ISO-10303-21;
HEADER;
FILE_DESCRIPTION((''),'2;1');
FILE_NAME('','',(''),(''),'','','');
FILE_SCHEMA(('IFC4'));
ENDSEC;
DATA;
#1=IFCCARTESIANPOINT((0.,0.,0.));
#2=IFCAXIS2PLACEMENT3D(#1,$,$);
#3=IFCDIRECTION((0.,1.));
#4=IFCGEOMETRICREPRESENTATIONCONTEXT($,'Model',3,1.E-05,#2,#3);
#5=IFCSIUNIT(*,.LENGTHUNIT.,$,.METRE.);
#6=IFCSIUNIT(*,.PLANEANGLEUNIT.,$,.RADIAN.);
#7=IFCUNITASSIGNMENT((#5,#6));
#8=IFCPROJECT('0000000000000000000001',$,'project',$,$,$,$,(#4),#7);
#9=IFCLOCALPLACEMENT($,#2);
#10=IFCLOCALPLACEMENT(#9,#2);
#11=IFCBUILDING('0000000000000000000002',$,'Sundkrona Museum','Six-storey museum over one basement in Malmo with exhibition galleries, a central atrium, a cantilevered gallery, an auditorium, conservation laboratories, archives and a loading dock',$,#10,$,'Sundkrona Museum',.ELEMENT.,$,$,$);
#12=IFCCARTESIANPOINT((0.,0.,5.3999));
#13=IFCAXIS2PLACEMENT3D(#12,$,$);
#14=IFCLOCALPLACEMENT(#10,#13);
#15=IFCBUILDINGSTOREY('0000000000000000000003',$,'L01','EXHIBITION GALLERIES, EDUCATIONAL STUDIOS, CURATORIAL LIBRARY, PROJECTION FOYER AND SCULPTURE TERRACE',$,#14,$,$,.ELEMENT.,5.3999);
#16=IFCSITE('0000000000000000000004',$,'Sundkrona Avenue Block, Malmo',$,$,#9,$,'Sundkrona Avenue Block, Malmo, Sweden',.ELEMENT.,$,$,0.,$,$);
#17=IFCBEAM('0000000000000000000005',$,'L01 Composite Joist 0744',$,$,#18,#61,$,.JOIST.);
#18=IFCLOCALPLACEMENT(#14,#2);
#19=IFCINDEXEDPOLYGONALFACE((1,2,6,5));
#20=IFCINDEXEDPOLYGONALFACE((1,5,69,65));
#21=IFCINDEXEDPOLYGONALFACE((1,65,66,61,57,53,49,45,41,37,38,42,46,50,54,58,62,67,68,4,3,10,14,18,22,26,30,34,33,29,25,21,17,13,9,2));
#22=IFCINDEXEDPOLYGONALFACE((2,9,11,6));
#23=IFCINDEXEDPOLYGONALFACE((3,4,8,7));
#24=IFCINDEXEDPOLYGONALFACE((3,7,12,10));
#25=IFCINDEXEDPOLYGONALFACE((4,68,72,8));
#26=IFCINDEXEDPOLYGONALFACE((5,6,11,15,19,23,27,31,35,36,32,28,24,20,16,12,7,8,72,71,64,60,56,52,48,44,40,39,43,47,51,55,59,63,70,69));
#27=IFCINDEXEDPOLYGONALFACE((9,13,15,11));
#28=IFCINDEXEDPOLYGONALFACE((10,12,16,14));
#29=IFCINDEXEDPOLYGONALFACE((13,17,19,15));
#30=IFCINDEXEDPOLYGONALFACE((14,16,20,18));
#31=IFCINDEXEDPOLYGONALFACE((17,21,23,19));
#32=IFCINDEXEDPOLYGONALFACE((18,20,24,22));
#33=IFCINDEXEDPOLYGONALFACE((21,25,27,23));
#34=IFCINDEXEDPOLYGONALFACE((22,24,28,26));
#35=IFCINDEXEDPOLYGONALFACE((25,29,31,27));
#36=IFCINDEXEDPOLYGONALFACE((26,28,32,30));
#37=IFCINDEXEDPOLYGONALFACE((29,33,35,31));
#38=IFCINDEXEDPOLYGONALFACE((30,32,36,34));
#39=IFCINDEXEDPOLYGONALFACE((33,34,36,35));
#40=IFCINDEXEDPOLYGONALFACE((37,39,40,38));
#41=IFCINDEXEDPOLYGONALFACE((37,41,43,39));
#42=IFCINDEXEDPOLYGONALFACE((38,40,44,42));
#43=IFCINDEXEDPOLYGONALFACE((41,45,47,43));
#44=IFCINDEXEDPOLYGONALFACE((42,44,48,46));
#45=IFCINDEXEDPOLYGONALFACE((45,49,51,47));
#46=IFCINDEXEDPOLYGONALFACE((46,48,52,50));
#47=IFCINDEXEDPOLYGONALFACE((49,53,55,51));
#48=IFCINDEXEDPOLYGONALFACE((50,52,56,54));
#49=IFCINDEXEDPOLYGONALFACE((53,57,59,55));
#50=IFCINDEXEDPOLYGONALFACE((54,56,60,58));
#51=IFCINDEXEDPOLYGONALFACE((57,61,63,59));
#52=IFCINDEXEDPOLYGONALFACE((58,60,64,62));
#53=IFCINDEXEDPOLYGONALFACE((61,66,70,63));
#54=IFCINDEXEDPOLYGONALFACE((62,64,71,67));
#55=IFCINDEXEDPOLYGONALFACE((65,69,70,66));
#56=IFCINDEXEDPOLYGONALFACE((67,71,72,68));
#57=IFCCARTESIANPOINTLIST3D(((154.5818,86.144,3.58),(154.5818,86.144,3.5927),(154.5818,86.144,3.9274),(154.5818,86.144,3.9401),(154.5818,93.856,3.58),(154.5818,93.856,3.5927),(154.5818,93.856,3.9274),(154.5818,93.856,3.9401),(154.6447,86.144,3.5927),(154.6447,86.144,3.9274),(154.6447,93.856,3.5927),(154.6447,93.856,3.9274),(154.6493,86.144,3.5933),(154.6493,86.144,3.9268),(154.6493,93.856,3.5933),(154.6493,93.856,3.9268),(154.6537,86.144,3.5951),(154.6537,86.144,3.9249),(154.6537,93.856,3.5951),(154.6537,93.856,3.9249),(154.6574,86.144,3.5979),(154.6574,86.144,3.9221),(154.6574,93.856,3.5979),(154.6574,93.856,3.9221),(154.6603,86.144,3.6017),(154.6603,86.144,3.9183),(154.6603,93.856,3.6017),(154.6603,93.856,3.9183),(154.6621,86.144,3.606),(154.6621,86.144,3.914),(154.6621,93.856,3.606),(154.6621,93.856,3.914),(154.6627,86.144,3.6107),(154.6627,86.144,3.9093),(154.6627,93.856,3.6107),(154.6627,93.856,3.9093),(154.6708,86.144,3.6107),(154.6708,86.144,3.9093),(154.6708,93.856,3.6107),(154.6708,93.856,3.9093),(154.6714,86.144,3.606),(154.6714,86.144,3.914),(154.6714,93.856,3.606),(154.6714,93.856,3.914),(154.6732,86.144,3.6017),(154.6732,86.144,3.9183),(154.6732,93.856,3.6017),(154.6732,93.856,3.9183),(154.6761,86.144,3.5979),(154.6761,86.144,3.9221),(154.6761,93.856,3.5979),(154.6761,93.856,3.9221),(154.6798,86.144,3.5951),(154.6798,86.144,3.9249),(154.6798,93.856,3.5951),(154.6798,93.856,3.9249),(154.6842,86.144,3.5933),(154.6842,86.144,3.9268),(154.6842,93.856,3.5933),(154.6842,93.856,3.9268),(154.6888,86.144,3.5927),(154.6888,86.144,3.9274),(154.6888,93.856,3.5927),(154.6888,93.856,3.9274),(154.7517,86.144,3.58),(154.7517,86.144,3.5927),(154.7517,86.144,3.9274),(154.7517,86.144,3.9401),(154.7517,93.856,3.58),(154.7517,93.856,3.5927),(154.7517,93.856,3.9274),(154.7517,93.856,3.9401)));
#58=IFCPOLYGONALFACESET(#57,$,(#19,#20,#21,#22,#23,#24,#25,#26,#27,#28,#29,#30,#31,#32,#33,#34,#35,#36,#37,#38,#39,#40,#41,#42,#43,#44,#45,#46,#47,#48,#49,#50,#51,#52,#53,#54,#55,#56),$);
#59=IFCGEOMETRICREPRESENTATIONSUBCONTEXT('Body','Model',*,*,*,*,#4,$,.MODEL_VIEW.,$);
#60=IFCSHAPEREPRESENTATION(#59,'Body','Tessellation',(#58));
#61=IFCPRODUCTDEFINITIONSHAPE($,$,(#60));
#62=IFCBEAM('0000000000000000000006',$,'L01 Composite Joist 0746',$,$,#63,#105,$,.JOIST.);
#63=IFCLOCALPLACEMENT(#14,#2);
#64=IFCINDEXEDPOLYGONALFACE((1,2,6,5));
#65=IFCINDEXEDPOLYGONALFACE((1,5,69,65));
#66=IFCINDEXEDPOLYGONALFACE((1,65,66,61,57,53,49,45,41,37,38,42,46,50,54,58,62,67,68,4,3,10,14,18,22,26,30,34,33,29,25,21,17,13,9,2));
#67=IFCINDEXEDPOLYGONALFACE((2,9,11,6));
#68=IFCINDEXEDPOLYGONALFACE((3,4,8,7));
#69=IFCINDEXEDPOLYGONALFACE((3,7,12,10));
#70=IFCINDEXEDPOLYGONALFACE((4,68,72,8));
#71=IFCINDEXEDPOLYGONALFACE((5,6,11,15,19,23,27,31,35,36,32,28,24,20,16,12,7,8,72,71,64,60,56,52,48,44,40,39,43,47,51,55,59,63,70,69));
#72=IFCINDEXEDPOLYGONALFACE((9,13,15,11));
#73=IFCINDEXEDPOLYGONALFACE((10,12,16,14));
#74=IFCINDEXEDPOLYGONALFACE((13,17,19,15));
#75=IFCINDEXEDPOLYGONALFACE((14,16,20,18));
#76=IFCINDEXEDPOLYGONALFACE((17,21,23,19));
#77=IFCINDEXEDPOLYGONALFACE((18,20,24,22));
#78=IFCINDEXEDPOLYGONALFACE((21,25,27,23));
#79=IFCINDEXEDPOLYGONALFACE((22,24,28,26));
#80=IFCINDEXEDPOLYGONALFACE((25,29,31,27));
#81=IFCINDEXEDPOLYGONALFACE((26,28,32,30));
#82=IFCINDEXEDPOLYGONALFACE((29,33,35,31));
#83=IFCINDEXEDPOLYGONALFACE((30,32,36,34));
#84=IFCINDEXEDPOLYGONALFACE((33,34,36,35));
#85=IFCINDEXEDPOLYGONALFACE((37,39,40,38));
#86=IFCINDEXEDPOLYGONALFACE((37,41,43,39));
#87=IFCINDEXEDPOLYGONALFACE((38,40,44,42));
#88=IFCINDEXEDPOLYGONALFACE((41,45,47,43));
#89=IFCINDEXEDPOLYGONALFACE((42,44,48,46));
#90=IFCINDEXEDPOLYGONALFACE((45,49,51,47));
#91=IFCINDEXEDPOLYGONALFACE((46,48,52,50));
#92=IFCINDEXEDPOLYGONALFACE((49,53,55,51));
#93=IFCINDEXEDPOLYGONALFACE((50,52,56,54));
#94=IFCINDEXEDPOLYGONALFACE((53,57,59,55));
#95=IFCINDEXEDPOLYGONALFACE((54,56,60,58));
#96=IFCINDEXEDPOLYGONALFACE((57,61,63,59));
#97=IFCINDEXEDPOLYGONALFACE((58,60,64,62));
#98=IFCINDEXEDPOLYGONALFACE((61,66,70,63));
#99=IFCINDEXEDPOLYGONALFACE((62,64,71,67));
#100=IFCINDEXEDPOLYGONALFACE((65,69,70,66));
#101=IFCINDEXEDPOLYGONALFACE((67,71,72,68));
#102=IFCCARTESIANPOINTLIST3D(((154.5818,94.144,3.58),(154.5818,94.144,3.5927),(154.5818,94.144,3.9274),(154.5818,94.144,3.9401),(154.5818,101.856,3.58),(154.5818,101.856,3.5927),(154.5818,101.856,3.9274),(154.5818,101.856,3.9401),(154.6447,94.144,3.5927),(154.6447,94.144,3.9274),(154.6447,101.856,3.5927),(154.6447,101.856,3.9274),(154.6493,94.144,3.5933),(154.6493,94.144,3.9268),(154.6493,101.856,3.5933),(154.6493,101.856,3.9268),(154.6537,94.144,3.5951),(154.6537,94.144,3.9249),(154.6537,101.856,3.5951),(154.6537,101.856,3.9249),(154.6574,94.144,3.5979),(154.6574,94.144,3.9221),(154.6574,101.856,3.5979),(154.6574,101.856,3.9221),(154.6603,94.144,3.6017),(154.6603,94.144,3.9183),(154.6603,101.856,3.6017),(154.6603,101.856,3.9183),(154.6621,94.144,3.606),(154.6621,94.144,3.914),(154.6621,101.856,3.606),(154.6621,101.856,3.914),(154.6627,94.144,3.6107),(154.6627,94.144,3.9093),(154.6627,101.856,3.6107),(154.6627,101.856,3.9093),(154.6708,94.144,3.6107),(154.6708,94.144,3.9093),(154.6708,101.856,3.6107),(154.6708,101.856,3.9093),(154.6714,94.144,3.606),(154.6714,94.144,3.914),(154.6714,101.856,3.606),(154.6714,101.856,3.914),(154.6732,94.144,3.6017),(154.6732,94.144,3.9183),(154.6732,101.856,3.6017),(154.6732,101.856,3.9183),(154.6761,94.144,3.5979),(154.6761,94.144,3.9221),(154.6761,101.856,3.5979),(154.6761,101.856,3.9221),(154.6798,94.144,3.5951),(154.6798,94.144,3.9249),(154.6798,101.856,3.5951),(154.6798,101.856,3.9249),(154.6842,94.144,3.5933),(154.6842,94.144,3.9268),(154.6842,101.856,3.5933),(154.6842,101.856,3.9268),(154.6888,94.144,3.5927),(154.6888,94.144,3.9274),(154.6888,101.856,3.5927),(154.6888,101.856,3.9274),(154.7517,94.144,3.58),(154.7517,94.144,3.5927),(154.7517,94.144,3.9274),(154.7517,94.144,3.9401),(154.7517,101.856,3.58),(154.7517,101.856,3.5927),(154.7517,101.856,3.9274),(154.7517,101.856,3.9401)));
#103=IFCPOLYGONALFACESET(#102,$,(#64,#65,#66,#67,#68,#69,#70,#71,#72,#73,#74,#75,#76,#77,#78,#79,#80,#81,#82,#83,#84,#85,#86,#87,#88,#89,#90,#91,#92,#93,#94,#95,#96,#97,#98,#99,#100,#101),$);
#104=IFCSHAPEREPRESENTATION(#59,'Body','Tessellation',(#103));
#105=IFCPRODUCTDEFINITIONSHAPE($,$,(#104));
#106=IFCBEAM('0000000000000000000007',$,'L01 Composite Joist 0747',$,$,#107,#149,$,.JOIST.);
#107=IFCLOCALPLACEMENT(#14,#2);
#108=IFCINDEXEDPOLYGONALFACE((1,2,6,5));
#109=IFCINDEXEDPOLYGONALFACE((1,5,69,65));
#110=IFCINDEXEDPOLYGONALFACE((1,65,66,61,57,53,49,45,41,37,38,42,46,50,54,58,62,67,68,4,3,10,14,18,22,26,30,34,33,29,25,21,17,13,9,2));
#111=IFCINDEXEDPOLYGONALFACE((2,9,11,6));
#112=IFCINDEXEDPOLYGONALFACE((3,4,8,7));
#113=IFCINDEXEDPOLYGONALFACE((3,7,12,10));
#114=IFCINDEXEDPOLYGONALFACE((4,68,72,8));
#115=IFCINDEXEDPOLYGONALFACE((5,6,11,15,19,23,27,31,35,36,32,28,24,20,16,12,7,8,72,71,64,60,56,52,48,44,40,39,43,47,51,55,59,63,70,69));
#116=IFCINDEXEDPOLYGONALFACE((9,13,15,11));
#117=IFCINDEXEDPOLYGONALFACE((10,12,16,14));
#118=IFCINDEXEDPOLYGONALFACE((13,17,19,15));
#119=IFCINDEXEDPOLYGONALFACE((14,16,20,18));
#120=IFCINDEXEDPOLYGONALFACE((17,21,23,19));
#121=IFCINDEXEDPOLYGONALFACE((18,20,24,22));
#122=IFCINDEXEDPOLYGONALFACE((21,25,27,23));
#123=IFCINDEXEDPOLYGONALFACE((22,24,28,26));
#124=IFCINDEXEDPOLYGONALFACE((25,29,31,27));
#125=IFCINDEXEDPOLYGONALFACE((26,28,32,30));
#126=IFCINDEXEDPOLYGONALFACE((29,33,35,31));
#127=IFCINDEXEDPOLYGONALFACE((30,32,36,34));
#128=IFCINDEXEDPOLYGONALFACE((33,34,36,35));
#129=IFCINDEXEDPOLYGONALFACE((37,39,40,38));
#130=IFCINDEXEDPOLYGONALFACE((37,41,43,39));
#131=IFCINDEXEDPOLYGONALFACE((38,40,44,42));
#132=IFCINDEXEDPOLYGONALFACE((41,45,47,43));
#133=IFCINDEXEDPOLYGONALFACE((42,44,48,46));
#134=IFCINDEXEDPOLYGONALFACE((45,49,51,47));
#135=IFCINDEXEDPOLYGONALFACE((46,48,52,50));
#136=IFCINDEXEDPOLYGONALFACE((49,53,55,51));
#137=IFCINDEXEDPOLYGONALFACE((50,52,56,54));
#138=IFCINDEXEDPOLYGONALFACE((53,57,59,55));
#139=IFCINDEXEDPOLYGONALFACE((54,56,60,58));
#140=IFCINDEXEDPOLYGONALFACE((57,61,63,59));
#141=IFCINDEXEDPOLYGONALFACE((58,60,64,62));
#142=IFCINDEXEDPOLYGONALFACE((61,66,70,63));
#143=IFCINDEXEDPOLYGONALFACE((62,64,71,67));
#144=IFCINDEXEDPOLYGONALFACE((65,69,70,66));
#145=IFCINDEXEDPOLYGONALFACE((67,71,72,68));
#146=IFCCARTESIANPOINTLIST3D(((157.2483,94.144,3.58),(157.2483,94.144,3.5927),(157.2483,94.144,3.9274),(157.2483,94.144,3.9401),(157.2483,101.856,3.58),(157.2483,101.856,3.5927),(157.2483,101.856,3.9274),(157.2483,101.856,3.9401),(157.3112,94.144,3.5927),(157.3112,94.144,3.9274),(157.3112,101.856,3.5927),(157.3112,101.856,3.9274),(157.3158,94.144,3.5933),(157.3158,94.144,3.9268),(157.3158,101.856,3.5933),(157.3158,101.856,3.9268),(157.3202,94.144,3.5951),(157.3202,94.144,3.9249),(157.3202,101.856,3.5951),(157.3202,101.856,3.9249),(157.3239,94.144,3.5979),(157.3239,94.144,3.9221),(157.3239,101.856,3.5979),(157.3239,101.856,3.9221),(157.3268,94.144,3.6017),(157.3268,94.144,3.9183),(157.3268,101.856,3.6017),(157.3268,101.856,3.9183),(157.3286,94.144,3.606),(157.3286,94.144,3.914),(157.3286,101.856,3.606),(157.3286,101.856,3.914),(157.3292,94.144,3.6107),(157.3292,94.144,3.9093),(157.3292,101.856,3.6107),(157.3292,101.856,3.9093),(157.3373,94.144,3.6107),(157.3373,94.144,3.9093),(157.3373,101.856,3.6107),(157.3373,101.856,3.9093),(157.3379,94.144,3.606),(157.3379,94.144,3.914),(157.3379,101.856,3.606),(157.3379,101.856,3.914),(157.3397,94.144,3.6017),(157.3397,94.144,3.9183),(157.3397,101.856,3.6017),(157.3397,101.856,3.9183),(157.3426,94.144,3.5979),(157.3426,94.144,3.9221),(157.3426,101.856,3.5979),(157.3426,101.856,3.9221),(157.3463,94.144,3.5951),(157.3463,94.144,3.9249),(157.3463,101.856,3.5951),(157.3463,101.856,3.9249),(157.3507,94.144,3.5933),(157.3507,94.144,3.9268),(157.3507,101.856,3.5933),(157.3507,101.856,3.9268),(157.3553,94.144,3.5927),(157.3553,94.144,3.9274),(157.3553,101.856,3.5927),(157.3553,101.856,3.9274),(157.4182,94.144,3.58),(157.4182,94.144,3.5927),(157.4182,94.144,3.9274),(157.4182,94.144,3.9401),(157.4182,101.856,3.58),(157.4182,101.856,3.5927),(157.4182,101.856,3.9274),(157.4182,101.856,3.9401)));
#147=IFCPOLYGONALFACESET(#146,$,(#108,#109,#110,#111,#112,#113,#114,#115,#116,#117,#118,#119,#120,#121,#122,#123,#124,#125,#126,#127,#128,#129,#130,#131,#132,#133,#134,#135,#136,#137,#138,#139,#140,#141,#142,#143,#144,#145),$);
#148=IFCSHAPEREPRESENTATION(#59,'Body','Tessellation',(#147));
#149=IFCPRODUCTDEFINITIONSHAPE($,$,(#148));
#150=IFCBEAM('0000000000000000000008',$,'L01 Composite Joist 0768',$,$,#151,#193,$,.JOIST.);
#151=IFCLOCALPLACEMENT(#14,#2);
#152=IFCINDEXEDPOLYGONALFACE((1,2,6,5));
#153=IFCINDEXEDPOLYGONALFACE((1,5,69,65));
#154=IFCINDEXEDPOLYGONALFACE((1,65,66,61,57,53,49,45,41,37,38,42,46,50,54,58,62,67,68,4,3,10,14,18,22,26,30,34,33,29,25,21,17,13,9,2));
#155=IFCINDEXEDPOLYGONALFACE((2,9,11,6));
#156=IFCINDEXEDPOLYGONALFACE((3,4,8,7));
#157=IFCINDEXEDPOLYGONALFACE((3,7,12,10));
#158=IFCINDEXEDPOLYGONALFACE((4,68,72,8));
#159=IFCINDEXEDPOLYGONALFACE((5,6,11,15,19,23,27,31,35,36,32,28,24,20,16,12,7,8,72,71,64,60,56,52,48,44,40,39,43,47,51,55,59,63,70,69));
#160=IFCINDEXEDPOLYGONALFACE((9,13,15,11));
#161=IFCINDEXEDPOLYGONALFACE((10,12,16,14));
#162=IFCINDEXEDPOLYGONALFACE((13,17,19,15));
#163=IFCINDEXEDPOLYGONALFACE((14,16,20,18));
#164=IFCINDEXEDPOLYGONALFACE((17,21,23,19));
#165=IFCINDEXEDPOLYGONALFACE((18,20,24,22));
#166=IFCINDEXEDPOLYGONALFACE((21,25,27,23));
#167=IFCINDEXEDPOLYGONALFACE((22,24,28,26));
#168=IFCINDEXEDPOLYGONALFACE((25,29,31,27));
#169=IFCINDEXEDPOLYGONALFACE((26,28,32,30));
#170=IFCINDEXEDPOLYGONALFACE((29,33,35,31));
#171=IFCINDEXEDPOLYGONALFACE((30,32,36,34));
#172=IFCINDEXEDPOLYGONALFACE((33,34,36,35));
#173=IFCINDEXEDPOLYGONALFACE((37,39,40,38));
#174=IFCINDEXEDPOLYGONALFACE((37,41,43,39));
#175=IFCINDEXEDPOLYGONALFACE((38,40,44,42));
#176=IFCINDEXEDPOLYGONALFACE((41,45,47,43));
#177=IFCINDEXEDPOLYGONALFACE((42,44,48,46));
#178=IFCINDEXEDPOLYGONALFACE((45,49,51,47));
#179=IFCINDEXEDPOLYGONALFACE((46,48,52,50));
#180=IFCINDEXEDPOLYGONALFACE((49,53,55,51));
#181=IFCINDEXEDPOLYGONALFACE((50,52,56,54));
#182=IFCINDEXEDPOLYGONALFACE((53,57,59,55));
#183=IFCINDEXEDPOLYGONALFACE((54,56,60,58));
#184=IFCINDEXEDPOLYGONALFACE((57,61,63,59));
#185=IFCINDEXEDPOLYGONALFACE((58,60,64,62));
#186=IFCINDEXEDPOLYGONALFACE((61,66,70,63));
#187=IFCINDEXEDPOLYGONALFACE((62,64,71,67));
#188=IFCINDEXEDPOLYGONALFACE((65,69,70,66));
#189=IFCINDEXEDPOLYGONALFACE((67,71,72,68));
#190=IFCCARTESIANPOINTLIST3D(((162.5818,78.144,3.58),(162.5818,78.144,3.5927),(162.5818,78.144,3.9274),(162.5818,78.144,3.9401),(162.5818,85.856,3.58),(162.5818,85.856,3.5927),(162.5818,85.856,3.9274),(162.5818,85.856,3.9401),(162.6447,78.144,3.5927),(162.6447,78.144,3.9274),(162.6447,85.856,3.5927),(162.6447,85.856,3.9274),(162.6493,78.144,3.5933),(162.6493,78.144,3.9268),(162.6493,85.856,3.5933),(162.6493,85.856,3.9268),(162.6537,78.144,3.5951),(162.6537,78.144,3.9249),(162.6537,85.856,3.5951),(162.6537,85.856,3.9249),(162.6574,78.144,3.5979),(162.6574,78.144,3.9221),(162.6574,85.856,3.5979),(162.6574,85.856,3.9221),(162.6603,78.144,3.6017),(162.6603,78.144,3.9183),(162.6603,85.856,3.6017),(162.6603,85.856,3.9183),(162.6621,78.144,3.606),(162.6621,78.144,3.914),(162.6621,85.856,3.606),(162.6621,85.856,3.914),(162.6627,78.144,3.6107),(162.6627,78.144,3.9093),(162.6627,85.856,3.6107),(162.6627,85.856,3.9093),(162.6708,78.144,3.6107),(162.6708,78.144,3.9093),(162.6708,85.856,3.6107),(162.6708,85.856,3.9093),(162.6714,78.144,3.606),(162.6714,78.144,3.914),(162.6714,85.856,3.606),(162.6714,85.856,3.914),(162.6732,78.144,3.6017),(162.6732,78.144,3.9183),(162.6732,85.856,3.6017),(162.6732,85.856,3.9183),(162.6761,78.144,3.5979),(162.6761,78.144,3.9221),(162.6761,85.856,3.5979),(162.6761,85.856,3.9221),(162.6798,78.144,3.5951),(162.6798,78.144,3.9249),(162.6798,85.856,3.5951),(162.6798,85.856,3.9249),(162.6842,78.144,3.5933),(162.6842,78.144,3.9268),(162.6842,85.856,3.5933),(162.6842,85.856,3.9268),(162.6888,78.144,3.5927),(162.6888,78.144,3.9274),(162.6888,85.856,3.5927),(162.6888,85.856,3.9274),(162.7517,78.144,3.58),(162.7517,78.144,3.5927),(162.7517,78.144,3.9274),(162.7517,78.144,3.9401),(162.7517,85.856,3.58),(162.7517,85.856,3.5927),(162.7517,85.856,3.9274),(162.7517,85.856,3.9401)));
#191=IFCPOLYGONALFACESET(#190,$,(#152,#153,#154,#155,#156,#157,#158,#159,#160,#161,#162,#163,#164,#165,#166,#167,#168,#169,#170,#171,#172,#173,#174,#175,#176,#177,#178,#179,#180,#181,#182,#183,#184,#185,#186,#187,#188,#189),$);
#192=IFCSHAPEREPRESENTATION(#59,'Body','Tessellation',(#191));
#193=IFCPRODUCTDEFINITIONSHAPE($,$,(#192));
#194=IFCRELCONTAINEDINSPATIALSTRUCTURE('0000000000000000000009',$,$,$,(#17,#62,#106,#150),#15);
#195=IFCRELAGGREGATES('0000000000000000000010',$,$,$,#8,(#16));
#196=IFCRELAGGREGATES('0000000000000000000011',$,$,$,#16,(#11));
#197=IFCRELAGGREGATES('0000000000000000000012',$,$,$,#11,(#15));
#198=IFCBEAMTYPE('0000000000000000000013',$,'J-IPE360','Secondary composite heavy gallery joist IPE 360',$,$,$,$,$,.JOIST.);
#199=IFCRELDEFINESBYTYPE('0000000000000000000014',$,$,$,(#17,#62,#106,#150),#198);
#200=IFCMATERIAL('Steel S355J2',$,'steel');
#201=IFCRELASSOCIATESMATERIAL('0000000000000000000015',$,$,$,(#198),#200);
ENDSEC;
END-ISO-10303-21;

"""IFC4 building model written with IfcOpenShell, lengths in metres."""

from ifc_helpers import new_model, si_unit, direction, frame, origin, origin_2d, place, context, subcontext, project, spatial, i_section, extrude, material, material_profile, profile_set, type_object, element, save


model = new_model("IFC4")

# Units and contexts
model_context = context("Model", 3, precision=1e-05, world=origin(), true_north=direction((0.0, 1.0)))
body_context = subcontext(model_context, "Body", "Model", "MODEL_VIEW")
ifc_project = project(units=[si_unit("LENGTHUNIT", "METRE"), si_unit("PLANEANGLEUNIT", "RADIAN")], contexts=[model_context])

# Site, building, storey
site_placement = place(None, origin())
site = spatial("IfcSite", under=ifc_project, at=site_placement, Name="Sundkrona Avenue Block, Malmo", LongName="Sundkrona Avenue Block, Malmo, Sweden", CompositionType="ELEMENT", RefElevation=0.0)
building_placement = place(site_placement, origin())
building = spatial("IfcBuilding", under=site, at=building_placement, Name="Sundkrona Museum", Description="Six-storey museum over one basement in Malmo with exhibition galleries, a central atrium, a cantilevered gallery, an auditorium, conservation laboratories, archives and a loading dock", LongName="Sundkrona Museum", CompositionType="ELEMENT")
storey_placement = place(building_placement, frame((0.0, 0.0, 5.3999)))
storey = spatial("IfcBuildingStorey", under=building, at=storey_placement, Name="L01", Description="EXHIBITION GALLERIES, EDUCATIONAL STUDIOS, CURATORIAL LIBRARY, PROJECTION FOYER AND SCULPTURE TERRACE", CompositionType="ELEMENT", Elevation=5.3999)

# Shared definitions
ifc_material_1 = material(Name="Steel S355J2", Category="steel")

# Beams
ifc_material_profile_1 = material_profile(ifc_material_1, i_section(OverallWidth=0.1699, OverallDepth=0.3601, WebThickness=0.0081, FlangeThickness=0.0127, FilletRadius=0.0181, at=origin_2d()), Name="IPE 360")
ifc_profile_set_1 = profile_set([ifc_material_profile_1], Name="Steel S355J2")
beam_type_1 = type_object("IfcBeamType", Name="J-IPE360", Description="Secondary composite heavy gallery joist IPE 360", PredefinedType="JOIST", material=ifc_profile_set_1)
for number, where, z_axis, x_axis, name in (
    (1, (154.6667, 86.144, 3.76), (0.0, 1.0, 0.0), (-1.0, 0.0, 0.0), "L01 Composite Joist 0744"),
    (2, (154.6667, 94.144, 3.76), (0.0, 1.0, 0.0), (-1.0, 0.0, 0.0), "L01 Composite Joist 0746"),
    (3, (157.3333, 94.144, 3.76), (0.0, 1.0, 0.0), (-1.0, 0.0, 0.0), "L01 Composite Joist 0747"),
    (4, (162.6667, 78.144, 3.76), (0.0, 1.0, 0.0), (-1.0, 0.0, 0.0), "L01 Composite Joist 0768"),
):
    element("IfcBeam", number, at=place(storey_placement, frame(where, z_axis=z_axis, x_axis=x_axis)), inside=storey, type_object=beam_type_1, Name=name, PredefinedType="JOIST", context=body_context, shape_type="SweptSolid", body=[
        extrude(i_section(OverallWidth=0.1699, OverallDepth=0.3601, WebThickness=0.0081, FlangeThickness=0.0127, FilletRadius=0.0181, at=origin_2d()), origin(), (0.0, 0.0, 1.0), 7.7119),
    ])

save(model, "model.ifc")
